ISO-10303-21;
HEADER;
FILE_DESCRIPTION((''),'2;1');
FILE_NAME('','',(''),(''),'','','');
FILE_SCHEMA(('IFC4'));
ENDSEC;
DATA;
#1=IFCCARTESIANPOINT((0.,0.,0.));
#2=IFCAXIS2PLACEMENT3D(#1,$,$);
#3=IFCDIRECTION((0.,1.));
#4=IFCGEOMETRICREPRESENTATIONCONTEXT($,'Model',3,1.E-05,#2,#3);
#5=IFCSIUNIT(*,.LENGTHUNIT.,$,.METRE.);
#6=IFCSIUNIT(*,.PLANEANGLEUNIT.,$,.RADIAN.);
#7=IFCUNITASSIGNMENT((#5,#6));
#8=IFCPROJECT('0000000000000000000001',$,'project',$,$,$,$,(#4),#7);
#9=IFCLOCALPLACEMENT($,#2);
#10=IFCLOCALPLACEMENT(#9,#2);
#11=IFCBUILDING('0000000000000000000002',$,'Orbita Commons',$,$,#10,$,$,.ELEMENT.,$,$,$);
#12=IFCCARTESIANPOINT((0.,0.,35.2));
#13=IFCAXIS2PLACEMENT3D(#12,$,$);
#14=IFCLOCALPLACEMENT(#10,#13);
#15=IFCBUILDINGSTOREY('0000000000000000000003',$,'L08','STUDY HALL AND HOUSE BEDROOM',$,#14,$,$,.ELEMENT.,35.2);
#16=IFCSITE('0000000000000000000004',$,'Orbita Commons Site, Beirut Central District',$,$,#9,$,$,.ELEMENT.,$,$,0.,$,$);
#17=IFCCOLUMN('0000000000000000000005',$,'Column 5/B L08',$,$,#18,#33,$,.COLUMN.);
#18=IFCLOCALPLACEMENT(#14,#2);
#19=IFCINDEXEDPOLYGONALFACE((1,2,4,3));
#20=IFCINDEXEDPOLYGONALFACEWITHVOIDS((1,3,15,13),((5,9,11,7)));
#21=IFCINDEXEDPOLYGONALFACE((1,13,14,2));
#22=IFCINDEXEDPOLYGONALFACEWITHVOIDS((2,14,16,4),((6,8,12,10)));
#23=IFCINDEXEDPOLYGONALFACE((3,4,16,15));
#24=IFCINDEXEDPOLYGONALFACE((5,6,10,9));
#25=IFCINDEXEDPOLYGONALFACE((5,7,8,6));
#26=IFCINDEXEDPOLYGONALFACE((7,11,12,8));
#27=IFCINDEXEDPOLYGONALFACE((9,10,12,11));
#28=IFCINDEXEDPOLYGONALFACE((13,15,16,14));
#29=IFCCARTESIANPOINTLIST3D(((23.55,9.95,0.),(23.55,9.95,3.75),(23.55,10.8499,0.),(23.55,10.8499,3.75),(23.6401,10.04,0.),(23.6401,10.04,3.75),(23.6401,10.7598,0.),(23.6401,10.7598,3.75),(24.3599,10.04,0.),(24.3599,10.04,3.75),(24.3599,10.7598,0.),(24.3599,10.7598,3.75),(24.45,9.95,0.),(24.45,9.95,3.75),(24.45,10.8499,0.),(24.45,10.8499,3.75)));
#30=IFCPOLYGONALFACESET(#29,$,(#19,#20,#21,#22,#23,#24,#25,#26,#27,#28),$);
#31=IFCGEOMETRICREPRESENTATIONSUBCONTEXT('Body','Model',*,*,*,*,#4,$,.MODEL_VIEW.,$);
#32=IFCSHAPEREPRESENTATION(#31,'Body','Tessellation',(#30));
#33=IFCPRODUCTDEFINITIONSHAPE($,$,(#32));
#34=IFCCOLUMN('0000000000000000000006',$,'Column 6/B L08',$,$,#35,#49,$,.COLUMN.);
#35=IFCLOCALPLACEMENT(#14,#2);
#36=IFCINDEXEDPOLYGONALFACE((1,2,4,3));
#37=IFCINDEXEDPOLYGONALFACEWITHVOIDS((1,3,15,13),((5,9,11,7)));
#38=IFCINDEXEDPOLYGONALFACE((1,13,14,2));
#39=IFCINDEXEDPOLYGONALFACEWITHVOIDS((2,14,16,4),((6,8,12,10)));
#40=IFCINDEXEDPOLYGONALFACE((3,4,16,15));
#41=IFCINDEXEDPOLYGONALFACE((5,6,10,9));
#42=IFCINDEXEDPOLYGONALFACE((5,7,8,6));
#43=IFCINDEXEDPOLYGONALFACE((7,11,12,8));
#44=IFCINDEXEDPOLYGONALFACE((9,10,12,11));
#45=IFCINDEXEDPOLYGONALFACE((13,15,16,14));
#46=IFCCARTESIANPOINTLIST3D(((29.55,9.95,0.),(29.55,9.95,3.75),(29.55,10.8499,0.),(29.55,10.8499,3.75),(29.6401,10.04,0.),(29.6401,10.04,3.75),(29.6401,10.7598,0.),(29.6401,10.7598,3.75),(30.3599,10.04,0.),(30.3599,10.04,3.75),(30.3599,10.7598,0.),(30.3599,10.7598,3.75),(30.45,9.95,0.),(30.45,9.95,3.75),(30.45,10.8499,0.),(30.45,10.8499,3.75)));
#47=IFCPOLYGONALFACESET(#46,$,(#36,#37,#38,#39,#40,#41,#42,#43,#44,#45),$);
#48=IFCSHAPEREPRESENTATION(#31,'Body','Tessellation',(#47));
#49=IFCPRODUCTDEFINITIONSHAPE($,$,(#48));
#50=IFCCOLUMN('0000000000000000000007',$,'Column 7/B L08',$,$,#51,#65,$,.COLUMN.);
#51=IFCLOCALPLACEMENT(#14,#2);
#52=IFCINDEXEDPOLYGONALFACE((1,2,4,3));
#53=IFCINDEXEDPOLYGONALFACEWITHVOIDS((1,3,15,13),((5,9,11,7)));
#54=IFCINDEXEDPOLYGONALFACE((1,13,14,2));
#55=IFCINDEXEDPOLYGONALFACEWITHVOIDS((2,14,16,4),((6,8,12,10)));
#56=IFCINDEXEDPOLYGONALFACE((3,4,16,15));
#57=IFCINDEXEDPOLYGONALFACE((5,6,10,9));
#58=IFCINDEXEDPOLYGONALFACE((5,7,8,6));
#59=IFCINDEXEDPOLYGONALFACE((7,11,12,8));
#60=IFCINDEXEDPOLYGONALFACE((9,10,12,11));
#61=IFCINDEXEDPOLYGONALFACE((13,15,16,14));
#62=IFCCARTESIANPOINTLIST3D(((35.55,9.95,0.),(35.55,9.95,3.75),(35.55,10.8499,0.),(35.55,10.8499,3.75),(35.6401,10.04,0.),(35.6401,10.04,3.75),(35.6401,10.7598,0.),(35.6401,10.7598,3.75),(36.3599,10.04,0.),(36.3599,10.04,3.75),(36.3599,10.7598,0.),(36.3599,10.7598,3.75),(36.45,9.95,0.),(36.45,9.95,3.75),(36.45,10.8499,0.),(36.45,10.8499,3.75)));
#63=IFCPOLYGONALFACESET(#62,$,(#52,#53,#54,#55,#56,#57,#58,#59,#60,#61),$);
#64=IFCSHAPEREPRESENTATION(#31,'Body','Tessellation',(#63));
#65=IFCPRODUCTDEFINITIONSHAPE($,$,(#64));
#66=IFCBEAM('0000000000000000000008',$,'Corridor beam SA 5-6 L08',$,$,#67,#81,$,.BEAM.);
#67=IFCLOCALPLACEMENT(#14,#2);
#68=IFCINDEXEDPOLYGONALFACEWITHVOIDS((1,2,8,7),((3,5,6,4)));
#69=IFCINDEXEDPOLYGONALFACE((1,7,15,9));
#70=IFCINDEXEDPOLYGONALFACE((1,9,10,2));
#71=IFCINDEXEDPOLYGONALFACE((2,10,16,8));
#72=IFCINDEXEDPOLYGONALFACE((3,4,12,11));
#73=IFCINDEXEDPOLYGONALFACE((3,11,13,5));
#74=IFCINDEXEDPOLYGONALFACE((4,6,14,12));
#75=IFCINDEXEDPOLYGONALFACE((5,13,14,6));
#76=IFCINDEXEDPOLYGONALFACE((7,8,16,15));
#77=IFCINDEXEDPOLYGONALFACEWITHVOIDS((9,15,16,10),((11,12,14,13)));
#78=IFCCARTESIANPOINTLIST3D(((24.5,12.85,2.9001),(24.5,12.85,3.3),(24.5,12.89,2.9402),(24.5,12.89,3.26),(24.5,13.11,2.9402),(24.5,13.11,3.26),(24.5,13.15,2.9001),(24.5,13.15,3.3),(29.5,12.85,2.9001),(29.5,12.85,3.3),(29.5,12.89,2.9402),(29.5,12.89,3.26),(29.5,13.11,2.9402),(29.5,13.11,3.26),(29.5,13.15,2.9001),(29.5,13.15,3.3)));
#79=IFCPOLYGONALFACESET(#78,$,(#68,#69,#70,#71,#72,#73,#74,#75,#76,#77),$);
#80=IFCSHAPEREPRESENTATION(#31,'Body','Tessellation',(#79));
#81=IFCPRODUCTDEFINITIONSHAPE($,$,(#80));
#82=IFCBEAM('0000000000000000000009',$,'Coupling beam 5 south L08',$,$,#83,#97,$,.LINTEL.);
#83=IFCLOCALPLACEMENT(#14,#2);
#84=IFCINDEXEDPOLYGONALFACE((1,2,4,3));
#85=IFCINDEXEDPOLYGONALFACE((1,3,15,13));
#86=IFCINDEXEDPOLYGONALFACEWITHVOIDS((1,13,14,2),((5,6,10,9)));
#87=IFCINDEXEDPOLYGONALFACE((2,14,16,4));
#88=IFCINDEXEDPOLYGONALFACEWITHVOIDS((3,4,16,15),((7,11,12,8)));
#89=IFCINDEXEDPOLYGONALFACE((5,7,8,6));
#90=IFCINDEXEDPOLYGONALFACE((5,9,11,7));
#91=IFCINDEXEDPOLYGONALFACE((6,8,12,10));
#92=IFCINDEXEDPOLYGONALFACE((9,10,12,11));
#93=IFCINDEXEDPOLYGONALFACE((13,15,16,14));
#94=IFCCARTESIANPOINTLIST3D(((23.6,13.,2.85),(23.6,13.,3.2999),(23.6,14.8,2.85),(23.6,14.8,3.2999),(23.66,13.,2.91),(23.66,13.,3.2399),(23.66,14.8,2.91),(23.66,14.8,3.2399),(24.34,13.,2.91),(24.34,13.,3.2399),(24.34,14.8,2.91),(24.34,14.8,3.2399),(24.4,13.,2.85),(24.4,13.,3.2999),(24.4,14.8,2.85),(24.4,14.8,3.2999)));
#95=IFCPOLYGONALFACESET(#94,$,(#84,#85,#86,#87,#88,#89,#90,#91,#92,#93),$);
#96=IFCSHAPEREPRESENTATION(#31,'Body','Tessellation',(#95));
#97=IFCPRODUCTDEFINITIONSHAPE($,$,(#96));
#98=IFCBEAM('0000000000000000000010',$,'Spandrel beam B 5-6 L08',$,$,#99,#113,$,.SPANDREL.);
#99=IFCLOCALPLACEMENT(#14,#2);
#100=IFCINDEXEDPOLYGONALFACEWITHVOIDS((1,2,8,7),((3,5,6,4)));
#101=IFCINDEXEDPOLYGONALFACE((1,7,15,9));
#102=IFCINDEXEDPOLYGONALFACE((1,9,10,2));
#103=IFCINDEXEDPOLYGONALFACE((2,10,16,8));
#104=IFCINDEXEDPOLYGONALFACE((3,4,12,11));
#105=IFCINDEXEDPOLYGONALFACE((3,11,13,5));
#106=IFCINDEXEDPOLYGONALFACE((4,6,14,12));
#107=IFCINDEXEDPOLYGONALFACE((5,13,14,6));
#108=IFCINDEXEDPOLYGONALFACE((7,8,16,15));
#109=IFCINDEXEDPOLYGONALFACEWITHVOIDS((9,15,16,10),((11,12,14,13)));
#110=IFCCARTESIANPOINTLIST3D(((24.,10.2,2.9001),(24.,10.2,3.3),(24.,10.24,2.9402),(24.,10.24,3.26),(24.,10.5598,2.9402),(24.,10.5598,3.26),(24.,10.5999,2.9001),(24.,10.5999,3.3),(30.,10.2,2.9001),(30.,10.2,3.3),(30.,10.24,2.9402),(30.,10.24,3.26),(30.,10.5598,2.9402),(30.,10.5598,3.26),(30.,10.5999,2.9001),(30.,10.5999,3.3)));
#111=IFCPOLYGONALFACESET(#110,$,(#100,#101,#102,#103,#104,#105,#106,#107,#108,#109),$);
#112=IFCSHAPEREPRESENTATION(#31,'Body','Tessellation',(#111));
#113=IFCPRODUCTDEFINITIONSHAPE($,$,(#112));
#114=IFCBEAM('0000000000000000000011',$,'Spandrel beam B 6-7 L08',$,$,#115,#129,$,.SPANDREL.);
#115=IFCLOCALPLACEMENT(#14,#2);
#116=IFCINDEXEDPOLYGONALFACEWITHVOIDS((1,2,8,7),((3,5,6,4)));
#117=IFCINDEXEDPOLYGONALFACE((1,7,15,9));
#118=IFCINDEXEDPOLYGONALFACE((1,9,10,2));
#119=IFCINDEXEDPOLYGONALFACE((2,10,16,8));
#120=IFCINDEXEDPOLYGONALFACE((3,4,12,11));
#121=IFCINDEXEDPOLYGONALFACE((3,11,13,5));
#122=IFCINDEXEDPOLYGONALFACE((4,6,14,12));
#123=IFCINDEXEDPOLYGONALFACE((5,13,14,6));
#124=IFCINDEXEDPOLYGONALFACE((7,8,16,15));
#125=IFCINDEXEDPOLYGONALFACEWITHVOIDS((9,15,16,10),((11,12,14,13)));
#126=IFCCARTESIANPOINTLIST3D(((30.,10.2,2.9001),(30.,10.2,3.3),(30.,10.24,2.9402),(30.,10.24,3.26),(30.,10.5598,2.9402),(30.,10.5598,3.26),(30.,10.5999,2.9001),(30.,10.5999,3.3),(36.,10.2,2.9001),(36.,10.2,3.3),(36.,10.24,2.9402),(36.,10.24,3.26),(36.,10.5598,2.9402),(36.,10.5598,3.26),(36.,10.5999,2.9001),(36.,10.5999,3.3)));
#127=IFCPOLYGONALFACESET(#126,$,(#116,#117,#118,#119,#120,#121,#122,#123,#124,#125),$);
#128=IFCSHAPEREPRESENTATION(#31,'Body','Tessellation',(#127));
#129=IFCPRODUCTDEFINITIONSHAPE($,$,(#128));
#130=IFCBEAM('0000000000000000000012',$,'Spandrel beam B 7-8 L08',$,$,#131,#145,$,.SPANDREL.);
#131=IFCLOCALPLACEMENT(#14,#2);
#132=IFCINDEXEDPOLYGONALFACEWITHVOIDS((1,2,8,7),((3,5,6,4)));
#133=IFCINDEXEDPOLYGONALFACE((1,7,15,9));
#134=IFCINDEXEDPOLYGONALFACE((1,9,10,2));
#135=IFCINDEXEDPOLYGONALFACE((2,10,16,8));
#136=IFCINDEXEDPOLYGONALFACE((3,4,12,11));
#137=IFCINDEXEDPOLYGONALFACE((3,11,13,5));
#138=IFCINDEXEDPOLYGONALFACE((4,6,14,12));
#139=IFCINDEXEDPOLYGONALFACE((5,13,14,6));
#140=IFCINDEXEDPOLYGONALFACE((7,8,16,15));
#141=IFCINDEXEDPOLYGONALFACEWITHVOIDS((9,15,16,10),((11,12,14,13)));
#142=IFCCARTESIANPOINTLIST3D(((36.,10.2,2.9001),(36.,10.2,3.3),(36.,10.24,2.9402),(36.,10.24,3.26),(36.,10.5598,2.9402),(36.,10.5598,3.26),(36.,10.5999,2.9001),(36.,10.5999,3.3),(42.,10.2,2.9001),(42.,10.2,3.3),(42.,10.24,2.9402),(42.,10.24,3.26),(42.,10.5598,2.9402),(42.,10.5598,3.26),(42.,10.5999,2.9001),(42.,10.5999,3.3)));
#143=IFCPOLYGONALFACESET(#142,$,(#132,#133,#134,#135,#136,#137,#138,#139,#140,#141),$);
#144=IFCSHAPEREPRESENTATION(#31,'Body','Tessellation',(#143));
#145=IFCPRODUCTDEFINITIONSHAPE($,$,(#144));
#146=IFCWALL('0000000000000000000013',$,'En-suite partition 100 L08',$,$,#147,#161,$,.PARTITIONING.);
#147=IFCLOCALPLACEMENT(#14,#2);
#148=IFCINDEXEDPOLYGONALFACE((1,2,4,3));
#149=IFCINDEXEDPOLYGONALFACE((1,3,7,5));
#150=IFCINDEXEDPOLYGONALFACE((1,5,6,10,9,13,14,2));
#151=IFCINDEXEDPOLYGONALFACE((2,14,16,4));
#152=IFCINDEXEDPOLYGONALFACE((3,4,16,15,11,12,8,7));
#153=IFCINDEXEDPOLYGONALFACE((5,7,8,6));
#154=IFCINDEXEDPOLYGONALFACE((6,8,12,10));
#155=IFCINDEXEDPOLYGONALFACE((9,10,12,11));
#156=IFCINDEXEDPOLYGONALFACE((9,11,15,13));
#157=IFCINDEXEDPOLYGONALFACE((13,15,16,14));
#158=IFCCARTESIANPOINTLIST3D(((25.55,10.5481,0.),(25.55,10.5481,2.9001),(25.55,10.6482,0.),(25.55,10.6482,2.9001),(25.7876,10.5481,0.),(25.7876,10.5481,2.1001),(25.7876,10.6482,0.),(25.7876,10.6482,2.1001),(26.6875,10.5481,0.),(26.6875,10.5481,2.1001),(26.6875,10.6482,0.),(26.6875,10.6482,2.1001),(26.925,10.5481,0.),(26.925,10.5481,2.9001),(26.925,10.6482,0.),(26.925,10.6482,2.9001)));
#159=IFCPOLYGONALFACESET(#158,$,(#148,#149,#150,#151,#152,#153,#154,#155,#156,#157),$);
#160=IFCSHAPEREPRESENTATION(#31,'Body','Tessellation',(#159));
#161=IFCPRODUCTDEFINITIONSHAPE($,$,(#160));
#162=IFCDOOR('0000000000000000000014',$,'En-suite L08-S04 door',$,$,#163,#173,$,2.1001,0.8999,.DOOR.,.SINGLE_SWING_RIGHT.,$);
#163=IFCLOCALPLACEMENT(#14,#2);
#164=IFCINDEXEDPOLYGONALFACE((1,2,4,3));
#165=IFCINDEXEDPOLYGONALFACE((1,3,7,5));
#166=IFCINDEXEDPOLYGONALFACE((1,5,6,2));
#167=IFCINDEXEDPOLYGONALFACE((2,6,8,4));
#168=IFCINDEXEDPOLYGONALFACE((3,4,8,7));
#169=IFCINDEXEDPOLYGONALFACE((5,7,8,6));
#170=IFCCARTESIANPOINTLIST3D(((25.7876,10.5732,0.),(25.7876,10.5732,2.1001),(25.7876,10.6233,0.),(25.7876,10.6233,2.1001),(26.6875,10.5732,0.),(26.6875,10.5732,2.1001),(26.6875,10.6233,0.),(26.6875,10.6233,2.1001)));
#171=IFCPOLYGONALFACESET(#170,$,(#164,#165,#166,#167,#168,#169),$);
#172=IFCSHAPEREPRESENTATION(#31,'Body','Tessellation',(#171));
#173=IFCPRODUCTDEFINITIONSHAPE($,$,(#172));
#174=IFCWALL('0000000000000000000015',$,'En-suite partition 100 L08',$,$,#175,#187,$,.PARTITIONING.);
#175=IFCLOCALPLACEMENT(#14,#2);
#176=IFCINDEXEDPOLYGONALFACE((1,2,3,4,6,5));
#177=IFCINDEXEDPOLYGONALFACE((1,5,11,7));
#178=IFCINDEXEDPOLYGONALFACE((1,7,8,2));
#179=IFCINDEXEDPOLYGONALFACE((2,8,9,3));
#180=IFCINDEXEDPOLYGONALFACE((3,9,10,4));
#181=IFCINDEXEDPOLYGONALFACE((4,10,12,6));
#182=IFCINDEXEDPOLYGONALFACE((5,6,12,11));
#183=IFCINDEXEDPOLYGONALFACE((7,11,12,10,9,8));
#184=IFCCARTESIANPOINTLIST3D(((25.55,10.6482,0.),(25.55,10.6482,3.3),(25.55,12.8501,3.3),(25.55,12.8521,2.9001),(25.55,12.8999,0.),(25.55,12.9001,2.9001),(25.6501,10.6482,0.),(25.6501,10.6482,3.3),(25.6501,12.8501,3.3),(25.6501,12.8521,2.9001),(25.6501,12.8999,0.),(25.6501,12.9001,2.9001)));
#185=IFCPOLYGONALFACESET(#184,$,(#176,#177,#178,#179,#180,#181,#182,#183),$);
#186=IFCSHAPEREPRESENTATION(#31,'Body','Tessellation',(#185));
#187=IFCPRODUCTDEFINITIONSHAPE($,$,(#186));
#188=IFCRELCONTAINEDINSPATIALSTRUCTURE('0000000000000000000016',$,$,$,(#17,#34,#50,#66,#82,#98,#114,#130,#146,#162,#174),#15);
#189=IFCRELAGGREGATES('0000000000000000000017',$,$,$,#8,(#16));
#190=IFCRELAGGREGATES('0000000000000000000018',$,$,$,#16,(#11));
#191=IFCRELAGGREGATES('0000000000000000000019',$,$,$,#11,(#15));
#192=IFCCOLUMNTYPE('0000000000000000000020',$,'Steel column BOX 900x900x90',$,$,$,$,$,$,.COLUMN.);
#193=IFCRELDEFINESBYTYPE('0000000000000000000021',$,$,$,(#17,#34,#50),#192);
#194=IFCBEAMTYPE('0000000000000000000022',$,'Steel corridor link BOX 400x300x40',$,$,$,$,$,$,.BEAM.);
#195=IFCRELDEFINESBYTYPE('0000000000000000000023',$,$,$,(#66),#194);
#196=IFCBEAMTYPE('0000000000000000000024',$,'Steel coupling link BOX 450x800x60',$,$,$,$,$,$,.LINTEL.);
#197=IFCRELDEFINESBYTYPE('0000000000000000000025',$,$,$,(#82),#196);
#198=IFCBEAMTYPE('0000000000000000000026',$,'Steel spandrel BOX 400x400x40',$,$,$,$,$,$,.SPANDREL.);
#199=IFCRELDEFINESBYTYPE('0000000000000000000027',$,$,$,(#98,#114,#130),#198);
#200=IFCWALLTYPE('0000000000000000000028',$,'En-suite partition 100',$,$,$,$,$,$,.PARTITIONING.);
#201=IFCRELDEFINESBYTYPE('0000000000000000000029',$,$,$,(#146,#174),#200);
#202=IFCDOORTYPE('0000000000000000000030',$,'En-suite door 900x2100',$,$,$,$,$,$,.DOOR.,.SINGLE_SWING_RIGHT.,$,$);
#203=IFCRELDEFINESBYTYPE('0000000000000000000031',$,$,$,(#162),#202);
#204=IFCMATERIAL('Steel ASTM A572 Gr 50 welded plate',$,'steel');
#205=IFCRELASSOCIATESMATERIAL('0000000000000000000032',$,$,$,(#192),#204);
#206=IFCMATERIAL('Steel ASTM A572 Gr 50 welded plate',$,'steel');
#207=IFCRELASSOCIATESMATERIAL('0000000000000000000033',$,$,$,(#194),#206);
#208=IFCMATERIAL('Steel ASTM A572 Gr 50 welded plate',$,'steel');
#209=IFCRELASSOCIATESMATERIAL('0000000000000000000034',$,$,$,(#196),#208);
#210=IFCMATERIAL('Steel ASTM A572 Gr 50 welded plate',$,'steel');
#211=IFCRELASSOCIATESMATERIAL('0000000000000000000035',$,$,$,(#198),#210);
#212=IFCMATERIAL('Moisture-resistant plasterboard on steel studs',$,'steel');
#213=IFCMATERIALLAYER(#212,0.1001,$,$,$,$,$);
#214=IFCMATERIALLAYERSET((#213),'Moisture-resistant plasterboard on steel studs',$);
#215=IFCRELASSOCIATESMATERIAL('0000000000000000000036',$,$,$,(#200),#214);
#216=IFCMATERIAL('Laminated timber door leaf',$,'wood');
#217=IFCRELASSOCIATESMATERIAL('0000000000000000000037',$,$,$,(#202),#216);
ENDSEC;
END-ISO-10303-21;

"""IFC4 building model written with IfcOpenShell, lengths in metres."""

from ifc_helpers import new_model, si_unit, direction, frame, frame_2d, origin, origin_2d, place, context, subcontext, project, spatial, polyline, rectangle, hollow_rectangle, outline, extrude, material, layer, layer_set, material_profile, profile_set, type_object, element, fill, save


model = new_model("IFC4")

# Units and contexts
model_context = context("Model", 3, precision=1e-05, world=origin(), true_north=direction((0.0, 1.0)))
body_context = subcontext(model_context, "Body", "Model", "MODEL_VIEW")
ifc_project = project(units=[si_unit("LENGTHUNIT", "METRE"), si_unit("PLANEANGLEUNIT", "RADIAN")], contexts=[model_context])

# Site, building, storey
site_placement = place(None, origin())
site = spatial("IfcSite", under=ifc_project, at=site_placement, Name="Orbita Commons Site, Beirut Central District", CompositionType="ELEMENT", RefElevation=0.0)
building_placement = place(site_placement, origin())
building = spatial("IfcBuilding", under=site, at=building_placement, Name="Orbita Commons", CompositionType="ELEMENT")
storey_placement = place(building_placement, frame((0.0, 0.0, 35.2)))
storey = spatial("IfcBuildingStorey", under=building, at=storey_placement, Name="L08", Description="STUDY HALL AND HOUSE BEDROOM", CompositionType="ELEMENT", Elevation=35.2)

# Columns
ifc_material_1 = material(Name="Steel ASTM A572 Gr 50 welded plate", Category="steel")
ifc_material_profile_1 = material_profile(ifc_material_1, hollow_rectangle(XDim=0.8999, YDim=0.8999, WallThickness=0.0901, at=origin_2d()), Name="BOX 900x900x90")
ifc_profile_set_1 = profile_set([ifc_material_profile_1], Name="Steel ASTM A572 Gr 50 welded plate")
column_type = type_object("IfcColumnType", Name="Steel column BOX 900x900x90", PredefinedType="COLUMN", material=ifc_profile_set_1)
for number, where, z_axis, x_axis, name in (
    (1, (24.0, 10.3999, 0.0), (0.0, 0.0, 1.0), (1.0, 0.0, 0.0), "Column 5/B L08"),
    (2, (30.0, 10.3999, 0.0), (0.0, 0.0, 1.0), (1.0, 0.0, 0.0), "Column 6/B L08"),
    (3, (36.0, 10.3999, 0.0), (0.0, 0.0, 1.0), (1.0, 0.0, 0.0), "Column 7/B L08"),
):
    element("IfcColumn", number, at=place(storey_placement, frame(where, z_axis=z_axis, x_axis=x_axis)), inside=storey, type_object=column_type, Name=name, PredefinedType="COLUMN", context=body_context, shape_type="SweptSolid", body=[
        extrude(hollow_rectangle(XDim=0.8999, YDim=0.8999, WallThickness=0.0901, at=origin_2d()), origin(), (0.0, 0.0, 1.0), 3.75),
    ])

# Beams
ifc_material_2 = material(Name="Steel ASTM A572 Gr 50 welded plate", Category="steel")
ifc_material_profile_2 = material_profile(ifc_material_2, hollow_rectangle(XDim=0.3, YDim=0.3999, WallThickness=0.04, at=origin_2d()), Name="BOX 400x300x40")
ifc_profile_set_2 = profile_set([ifc_material_profile_2], Name="Steel ASTM A572 Gr 50 welded plate")
beam_type_1 = type_object("IfcBeamType", Name="Steel corridor link BOX 400x300x40", PredefinedType="BEAM", material=ifc_profile_set_2)
beam_1_placement = place(storey_placement, frame((24.5, 13.0, 3.1001), z_axis=(1.0, 0.0, 0.0), x_axis=(0.0, 1.0, 0.0)))
element("IfcBeam", 4, at=beam_1_placement, inside=storey, type_object=beam_type_1, Name="Corridor beam SA 5-6 L08", PredefinedType="BEAM", context=body_context, shape_type="SweptSolid", body=[
    extrude(hollow_rectangle(XDim=0.3, YDim=0.3999, WallThickness=0.04, at=origin_2d()), origin(), (0.0, 0.0, 1.0), 5.0),
])
ifc_material_3 = material(Name="Steel ASTM A572 Gr 50 welded plate", Category="steel")
ifc_material_profile_3 = material_profile(ifc_material_3, hollow_rectangle(XDim=0.8, YDim=0.45, WallThickness=0.0601, at=origin_2d()), Name="BOX 450x800x60")
ifc_profile_set_3 = profile_set([ifc_material_profile_3], Name="Steel ASTM A572 Gr 50 welded plate")
beam_type_2 = type_object("IfcBeamType", Name="Steel coupling link BOX 450x800x60", PredefinedType="LINTEL", material=ifc_profile_set_3)
beam_2_placement = place(storey_placement, frame((24.0, 13.0, 3.075), z_axis=(0.0, 1.0, 0.0), x_axis=(-1.0, 0.0, 0.0)))
element("IfcBeam", 5, at=beam_2_placement, inside=storey, type_object=beam_type_2, Name="Coupling beam 5 south L08", PredefinedType="LINTEL", context=body_context, shape_type="SweptSolid", body=[
    extrude(hollow_rectangle(XDim=0.8, YDim=0.45, WallThickness=0.0601, at=origin_2d()), origin(), (0.0, 0.0, 1.0), 1.8),
])
ifc_material_4 = material(Name="Steel ASTM A572 Gr 50 welded plate", Category="steel")
ifc_material_profile_4 = material_profile(ifc_material_4, hollow_rectangle(XDim=0.3999, YDim=0.3999, WallThickness=0.04, at=origin_2d()), Name="BOX 400x400x40")
ifc_profile_set_4 = profile_set([ifc_material_profile_4], Name="Steel ASTM A572 Gr 50 welded plate")
beam_type_3 = type_object("IfcBeamType", Name="Steel spandrel BOX 400x400x40", PredefinedType="SPANDREL", material=ifc_profile_set_4)
for number, where, z_axis, x_axis, name in (
    (6, (24.0, 10.3999, 3.1001), (1.0, 0.0, 0.0), (0.0, 1.0, 0.0), "Spandrel beam B 5-6 L08"),
    (7, (30.0, 10.3999, 3.1001), (1.0, 0.0, 0.0), (0.0, 1.0, 0.0), "Spandrel beam B 6-7 L08"),
    (8, (36.0, 10.3999, 3.1001), (1.0, 0.0, 0.0), (0.0, 1.0, 0.0), "Spandrel beam B 7-8 L08"),
):
    element("IfcBeam", number, at=place(storey_placement, frame(where, z_axis=z_axis, x_axis=x_axis)), inside=storey, type_object=beam_type_3, Name=name, PredefinedType="SPANDREL", context=body_context, shape_type="SweptSolid", body=[
        extrude(hollow_rectangle(XDim=0.3999, YDim=0.3999, WallThickness=0.04, at=origin_2d()), origin(), (0.0, 0.0, 1.0), 6.0),
    ])

# Wall, opening, door
ifc_material_5 = material(Name="Moisture-resistant plasterboard on steel studs", Category="steel")
ifc_layer = layer(ifc_material_5, 0.1001)
ifc_layer_set = layer_set([ifc_layer], Name="Moisture-resistant plasterboard on steel studs")
wall_type = type_object("IfcWallType", Name="En-suite partition 100", PredefinedType="PARTITIONING", material=ifc_layer_set)
wall_1_placement = place(storey_placement, frame((26.925, 10.5981, 0.0), z_axis=(0.0, 0.0, 1.0), x_axis=(-1.0, 0.0, 0.0)))
wall_1 = element("IfcWall", 9, at=wall_1_placement, inside=storey, type_object=wall_type, Name="En-suite partition 100 L08", PredefinedType="PARTITIONING", context=body_context, shape_type="SweptSolid", body=[
    extrude(outline(polyline([(0.0, 0.0), (1.375, 0.0), (1.375, 2.9001), (0.0, 2.9001), (0.0, 0.0)])), frame((0.0, 0.05, 0.0), z_axis=(0.0, -1.0, 0.0), x_axis=(1.0, 0.0, 0.0)), (0.0, 0.0, 1.0), 0.1001),
])
opening_1_placement = place(wall_1_placement, frame((0.2375, 0.0, 0.0)))
opening_1 = element("IfcOpeningElement", 10, at=opening_1_placement, cuts=wall_1, PredefinedType="OPENING", context=body_context, shape_type="SweptSolid", body=[
    extrude(rectangle(XDim=0.8999, YDim=2.1001, at=frame_2d((0.45, 1.05))), frame((0.0, 0.0601, 0.0), z_axis=(0.0, -1.0, 0.0), x_axis=(1.0, 0.0, 0.0)), (0.0, 0.0, 1.0), 0.1201),
])
ifc_material_6 = material(Name="Laminated timber door leaf", Category="wood")
door_type = type_object("IfcDoorType", Name="En-suite door 900x2100", OperationType="SINGLE_SWING_RIGHT", PredefinedType="DOOR", material=ifc_material_6)
door_1_placement = place(opening_1_placement, origin())
door_1 = element("IfcDoor", 11, at=door_1_placement, inside=storey, type_object=door_type, Name="En-suite L08-S04 door", OperationType="SINGLE_SWING_RIGHT", OverallHeight=2.1001, OverallWidth=0.8999, PredefinedType="DOOR", context=body_context, shape_type="SweptSolid", body=[
    extrude(rectangle(XDim=0.8999, YDim=2.1001, at=frame_2d((0.45, 1.05))), frame((0.0, 0.0249, 0.0), z_axis=(0.0, -1.0, 0.0), x_axis=(1.0, 0.0, 0.0)), (0.0, 0.0, 1.0), 0.05),
])
fill(opening_1, door_1)

# Wall
wall_2_placement = place(storey_placement, frame((25.6001, 10.6482, 0.0), z_axis=(0.0, 0.0, 1.0), x_axis=(0.0, 1.0, 0.0)))
element("IfcWall", 12, at=wall_2_placement, inside=storey, type_object=wall_type, Name="En-suite partition 100 L08", PredefinedType="PARTITIONING", context=body_context, shape_type="SweptSolid", body=[
    extrude(outline(polyline([(0.0, 0.0), (2.2517, 0.0), (2.252, 2.9001), (2.2039, 2.9001), (2.2019, 3.3), (0.0, 3.3), (0.0, 0.0)])), frame((0.0, 0.05, 0.0), z_axis=(0.0, -1.0, 0.0), x_axis=(1.0, 0.0, 0.0)), (0.0, 0.0, 1.0), 0.1001),
])

save(model, "model.ifc")
